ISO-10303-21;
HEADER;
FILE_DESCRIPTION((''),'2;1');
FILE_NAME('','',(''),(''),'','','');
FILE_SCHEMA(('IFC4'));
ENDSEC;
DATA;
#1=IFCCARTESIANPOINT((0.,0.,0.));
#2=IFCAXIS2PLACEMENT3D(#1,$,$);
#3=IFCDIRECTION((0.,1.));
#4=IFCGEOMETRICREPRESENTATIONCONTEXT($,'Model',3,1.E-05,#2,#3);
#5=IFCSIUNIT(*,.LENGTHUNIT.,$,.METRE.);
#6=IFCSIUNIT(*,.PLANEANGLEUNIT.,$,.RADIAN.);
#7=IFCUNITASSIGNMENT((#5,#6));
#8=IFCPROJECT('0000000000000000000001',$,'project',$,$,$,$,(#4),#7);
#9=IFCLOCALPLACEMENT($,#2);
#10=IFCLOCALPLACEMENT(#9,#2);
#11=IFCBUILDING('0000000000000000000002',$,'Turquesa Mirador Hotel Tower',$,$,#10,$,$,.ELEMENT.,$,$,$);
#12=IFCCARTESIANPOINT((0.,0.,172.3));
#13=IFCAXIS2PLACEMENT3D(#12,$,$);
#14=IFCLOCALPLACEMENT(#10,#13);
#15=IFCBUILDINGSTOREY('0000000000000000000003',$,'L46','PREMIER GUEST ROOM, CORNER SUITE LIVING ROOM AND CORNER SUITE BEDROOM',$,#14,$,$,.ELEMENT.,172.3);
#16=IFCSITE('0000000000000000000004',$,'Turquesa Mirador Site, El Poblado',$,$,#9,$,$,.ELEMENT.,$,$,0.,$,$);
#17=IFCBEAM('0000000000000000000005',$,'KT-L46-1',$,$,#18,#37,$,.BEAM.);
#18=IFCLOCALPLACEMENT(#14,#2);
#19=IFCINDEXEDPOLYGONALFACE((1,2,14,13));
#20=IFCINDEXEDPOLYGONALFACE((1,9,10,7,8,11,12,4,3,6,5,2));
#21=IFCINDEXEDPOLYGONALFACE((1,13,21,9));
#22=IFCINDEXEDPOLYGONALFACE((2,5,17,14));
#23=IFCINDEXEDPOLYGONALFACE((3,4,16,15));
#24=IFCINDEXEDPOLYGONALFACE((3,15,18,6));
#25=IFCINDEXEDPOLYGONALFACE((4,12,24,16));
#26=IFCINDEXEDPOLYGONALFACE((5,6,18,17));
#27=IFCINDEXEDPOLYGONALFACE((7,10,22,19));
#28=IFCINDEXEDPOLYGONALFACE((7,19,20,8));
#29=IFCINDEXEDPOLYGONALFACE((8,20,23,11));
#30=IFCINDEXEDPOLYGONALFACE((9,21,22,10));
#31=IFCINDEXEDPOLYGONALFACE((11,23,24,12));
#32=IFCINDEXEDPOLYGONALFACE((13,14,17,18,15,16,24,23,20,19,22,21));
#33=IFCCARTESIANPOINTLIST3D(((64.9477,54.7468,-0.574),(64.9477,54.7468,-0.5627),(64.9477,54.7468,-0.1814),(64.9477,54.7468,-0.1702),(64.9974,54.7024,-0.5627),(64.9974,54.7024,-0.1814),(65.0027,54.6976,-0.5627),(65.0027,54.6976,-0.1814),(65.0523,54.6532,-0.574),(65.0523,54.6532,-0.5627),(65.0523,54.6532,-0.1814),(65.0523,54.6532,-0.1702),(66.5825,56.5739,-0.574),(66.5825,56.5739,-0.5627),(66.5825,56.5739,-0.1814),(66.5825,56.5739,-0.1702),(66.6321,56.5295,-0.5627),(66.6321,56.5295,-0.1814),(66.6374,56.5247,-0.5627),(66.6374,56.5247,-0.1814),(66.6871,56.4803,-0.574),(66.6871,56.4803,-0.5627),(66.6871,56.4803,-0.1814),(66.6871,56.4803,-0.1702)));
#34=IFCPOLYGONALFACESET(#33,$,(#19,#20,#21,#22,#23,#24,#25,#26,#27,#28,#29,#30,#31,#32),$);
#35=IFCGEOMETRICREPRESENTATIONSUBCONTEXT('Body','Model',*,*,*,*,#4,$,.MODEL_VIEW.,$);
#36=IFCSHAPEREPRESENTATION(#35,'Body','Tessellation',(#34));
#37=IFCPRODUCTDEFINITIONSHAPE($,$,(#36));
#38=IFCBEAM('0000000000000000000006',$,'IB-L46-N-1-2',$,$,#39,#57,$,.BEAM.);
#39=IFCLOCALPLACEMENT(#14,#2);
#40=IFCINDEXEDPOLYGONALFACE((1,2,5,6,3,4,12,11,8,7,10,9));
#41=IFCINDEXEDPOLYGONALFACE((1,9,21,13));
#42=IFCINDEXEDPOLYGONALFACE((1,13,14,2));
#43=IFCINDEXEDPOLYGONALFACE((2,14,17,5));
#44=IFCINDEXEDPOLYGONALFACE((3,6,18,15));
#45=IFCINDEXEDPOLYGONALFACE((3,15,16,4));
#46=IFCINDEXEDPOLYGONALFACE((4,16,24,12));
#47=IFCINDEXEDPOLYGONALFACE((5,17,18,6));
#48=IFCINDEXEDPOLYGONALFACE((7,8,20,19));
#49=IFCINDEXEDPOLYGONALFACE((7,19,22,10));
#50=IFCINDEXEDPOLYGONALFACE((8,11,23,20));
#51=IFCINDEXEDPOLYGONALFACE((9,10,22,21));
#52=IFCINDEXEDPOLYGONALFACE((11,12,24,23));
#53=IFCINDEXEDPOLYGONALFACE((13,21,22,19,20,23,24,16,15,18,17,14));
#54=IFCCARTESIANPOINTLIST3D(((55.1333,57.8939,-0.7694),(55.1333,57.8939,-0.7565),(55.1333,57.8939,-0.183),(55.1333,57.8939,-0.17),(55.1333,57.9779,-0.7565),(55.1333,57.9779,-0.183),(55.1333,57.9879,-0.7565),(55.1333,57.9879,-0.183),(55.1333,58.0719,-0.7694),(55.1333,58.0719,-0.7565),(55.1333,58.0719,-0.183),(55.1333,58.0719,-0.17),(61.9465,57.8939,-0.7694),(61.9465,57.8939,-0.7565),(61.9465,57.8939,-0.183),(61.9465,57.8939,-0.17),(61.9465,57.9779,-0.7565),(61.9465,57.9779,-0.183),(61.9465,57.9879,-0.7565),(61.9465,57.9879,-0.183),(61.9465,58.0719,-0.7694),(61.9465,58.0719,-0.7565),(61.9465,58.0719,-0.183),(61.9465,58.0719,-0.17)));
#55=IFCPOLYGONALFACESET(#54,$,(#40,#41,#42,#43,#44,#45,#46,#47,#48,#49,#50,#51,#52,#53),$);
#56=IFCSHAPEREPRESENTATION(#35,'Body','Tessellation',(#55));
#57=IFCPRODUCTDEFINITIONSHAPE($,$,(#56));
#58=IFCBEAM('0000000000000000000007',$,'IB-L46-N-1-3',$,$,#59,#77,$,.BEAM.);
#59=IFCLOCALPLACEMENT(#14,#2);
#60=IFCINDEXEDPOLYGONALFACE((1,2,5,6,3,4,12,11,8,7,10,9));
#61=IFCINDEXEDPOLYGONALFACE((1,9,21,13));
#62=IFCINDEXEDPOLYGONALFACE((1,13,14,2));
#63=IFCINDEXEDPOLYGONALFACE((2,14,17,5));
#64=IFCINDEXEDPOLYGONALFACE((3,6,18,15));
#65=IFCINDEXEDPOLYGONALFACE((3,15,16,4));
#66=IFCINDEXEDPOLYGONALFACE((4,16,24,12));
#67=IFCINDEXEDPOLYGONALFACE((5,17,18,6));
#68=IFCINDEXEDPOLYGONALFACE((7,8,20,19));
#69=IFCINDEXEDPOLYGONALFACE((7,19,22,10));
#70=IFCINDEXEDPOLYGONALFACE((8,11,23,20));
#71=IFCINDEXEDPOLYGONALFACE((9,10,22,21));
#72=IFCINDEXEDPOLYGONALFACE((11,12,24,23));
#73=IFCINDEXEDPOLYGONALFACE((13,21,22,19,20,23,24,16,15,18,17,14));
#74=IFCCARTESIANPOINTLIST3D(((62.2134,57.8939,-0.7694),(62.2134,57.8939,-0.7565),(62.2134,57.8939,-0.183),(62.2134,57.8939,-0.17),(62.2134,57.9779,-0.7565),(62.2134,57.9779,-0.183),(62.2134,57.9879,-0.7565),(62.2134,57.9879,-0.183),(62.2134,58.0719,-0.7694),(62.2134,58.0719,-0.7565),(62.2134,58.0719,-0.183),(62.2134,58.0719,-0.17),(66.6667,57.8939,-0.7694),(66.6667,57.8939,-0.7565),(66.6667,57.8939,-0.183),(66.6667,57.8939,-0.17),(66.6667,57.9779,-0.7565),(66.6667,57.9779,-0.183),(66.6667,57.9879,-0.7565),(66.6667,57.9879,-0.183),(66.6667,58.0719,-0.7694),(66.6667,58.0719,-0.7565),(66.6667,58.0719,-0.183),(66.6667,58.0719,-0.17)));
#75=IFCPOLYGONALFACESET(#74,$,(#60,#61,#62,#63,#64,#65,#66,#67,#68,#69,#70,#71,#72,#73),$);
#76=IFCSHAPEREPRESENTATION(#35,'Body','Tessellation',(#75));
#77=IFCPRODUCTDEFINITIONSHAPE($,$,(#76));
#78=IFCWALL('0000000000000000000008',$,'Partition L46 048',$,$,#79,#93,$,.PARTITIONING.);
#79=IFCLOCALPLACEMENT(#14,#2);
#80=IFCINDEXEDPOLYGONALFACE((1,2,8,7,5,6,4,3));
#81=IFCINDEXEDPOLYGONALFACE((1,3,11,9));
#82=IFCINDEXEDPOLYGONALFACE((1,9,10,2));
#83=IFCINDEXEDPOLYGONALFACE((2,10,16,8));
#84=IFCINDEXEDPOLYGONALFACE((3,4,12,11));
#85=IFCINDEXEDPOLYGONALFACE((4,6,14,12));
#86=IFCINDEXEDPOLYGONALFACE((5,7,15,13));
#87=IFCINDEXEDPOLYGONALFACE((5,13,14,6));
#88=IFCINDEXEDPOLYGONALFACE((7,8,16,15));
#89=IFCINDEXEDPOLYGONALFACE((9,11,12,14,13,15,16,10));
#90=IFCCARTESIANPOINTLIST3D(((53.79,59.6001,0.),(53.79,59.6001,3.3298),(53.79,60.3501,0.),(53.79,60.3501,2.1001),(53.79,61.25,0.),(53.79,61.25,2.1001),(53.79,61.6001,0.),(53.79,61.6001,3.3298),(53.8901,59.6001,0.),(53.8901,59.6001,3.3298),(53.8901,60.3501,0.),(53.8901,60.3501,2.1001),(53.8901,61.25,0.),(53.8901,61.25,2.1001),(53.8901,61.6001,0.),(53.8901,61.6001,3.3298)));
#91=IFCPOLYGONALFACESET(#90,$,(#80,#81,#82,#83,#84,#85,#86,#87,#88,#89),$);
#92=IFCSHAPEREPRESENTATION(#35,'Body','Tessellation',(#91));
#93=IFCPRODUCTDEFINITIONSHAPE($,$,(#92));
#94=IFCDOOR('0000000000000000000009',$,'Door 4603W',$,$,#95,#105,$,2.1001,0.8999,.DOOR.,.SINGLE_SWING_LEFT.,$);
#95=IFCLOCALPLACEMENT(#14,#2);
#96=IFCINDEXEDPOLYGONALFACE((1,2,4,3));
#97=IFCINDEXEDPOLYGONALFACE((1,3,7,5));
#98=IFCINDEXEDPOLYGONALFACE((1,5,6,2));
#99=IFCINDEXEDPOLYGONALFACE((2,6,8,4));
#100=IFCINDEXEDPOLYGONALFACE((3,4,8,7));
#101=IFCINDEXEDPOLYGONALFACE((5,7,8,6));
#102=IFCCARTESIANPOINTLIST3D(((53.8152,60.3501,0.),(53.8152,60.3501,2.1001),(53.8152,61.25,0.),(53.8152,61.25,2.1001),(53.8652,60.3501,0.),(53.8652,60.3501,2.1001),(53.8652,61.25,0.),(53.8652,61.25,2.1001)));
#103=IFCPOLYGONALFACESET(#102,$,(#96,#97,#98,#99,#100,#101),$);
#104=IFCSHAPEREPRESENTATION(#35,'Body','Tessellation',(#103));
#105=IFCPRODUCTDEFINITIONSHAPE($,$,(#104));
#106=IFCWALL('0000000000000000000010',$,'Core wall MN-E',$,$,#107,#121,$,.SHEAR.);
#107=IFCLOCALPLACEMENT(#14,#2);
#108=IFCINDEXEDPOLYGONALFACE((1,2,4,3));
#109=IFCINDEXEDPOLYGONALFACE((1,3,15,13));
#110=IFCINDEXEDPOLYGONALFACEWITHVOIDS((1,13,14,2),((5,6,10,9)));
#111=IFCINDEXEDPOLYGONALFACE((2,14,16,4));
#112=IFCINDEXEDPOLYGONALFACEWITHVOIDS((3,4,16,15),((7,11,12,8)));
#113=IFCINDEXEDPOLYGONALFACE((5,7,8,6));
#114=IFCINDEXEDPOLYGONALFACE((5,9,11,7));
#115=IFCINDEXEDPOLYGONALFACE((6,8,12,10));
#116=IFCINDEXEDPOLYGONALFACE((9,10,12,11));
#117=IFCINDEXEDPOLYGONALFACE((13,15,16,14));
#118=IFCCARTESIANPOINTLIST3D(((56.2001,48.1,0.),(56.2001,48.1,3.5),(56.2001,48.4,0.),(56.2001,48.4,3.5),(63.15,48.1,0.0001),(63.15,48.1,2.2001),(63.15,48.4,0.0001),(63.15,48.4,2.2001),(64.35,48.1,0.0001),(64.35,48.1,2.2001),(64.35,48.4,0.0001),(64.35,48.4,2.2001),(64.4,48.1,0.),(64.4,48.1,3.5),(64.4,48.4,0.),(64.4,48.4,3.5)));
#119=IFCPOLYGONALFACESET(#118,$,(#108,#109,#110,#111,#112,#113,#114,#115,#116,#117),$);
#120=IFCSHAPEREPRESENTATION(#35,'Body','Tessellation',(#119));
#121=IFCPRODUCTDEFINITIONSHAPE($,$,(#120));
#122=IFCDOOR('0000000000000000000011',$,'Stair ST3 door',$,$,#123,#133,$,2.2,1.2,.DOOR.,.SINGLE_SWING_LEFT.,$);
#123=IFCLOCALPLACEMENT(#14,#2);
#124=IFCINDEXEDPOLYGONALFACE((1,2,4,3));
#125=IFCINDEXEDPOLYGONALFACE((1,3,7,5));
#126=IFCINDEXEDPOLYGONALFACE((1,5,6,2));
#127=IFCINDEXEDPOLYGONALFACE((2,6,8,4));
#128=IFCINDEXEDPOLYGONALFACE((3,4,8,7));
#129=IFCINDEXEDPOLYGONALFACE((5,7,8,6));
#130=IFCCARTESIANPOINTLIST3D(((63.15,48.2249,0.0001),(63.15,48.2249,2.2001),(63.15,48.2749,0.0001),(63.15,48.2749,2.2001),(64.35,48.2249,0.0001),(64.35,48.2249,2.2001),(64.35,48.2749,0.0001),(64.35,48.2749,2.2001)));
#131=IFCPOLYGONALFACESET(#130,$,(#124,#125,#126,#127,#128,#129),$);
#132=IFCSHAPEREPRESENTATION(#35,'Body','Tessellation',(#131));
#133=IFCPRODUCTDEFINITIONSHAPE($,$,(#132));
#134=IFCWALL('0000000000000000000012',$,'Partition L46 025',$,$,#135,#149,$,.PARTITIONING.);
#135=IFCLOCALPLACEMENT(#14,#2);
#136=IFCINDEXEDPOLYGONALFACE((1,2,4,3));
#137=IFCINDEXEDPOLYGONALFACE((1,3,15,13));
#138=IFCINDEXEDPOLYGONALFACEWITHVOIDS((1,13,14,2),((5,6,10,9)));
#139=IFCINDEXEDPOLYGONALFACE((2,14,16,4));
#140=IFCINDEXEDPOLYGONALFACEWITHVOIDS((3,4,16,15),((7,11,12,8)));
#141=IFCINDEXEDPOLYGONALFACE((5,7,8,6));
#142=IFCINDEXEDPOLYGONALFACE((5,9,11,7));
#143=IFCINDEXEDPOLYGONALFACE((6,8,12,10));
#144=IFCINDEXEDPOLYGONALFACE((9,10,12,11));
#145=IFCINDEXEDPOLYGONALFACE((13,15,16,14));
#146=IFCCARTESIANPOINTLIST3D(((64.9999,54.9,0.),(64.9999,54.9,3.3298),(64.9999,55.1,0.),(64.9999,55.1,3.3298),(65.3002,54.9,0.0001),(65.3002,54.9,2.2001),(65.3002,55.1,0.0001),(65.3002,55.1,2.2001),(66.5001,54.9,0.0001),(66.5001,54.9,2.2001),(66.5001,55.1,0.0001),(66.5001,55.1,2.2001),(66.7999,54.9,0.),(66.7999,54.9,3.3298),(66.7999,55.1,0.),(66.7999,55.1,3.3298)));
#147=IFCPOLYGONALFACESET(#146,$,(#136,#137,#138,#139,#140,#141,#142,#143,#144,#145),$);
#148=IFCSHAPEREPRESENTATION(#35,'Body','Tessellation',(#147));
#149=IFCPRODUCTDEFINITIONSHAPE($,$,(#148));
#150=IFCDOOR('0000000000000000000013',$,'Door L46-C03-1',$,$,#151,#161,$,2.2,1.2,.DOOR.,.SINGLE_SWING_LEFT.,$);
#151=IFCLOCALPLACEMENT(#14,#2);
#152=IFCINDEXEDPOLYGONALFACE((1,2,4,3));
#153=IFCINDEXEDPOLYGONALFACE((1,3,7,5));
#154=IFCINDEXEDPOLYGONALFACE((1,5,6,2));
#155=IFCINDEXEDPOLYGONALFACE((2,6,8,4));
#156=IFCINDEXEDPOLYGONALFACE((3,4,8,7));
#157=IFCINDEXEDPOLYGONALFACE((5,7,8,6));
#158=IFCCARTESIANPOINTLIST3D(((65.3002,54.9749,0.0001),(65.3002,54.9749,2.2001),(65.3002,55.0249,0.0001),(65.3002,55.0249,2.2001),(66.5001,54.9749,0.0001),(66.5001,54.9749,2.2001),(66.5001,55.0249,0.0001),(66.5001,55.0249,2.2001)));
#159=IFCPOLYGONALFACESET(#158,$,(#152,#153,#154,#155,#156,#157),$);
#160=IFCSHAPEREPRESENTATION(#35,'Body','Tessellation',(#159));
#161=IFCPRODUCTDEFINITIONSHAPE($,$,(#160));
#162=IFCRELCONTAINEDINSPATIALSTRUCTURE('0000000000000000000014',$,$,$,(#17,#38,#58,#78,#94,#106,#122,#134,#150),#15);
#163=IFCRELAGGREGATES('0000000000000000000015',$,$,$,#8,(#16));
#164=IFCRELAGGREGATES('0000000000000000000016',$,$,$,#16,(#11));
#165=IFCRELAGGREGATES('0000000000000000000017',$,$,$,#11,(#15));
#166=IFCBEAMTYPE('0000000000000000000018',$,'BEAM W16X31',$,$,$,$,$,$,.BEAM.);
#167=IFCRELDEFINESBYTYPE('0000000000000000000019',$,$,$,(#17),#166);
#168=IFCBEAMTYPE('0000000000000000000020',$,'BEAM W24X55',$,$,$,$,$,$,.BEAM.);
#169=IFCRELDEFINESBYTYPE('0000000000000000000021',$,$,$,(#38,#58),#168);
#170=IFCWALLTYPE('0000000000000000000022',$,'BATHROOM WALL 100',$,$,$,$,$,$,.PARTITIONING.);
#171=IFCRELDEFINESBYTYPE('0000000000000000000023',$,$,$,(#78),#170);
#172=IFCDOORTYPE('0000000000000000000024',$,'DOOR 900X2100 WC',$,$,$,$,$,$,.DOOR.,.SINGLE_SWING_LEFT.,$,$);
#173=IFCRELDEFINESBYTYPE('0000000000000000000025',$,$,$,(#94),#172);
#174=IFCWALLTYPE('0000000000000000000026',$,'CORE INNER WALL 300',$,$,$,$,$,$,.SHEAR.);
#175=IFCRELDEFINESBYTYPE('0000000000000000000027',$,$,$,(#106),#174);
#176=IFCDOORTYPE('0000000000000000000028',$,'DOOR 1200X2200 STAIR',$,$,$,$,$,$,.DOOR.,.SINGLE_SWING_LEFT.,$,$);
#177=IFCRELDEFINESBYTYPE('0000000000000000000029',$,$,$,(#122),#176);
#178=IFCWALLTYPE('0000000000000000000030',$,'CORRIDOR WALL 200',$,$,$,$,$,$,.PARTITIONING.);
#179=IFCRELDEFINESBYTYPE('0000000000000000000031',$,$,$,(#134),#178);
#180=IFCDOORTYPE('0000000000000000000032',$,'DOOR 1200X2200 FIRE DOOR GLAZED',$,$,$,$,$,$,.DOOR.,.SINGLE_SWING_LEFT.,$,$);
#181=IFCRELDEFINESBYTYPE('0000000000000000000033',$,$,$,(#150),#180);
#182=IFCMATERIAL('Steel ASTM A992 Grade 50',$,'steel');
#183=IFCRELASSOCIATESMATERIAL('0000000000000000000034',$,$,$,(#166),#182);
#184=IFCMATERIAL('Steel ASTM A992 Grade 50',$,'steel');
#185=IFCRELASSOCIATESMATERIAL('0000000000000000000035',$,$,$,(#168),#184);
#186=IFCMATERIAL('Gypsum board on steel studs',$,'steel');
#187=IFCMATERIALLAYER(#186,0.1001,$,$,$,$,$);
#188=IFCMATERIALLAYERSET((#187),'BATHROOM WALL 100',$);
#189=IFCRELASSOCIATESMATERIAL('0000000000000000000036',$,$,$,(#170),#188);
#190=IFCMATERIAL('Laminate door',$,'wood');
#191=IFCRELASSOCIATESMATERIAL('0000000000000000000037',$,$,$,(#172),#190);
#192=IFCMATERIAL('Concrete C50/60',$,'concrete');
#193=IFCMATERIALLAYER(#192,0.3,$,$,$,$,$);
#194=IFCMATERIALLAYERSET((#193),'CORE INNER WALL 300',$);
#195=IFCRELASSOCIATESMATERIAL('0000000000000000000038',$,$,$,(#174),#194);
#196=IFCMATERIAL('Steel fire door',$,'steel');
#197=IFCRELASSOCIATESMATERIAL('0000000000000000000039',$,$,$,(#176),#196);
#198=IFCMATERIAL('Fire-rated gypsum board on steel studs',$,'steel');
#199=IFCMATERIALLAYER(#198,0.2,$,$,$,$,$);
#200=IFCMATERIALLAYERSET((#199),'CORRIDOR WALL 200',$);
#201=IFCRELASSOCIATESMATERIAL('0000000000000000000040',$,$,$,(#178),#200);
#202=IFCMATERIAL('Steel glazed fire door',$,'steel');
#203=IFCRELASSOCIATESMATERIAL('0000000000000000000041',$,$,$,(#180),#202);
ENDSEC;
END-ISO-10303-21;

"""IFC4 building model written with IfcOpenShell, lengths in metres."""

from ifc_helpers import new_model, si_unit, direction, frame, frame_2d, origin, origin_2d, place, context, subcontext, project, spatial, rectangle, i_section, extrude, material, layer, layer_set, material_profile, profile_set, type_object, element, fill, save


model = new_model("IFC4")

# Units and contexts
model_context = context("Model", 3, precision=1e-05, world=origin(), true_north=direction((0.0, 1.0)))
body_context = subcontext(model_context, "Body", "Model", "MODEL_VIEW")
ifc_project = project(units=[si_unit("LENGTHUNIT", "METRE"), si_unit("PLANEANGLEUNIT", "RADIAN")], contexts=[model_context])

# Site, building, storey
site_placement = place(None, origin())
site = spatial("IfcSite", under=ifc_project, at=site_placement, Name="Turquesa Mirador Site, El Poblado", CompositionType="ELEMENT", RefElevation=0.0)
building_placement = place(site_placement, origin())
building = spatial("IfcBuilding", under=site, at=building_placement, Name="Turquesa Mirador Hotel Tower", CompositionType="ELEMENT")
storey_placement = place(building_placement, frame((0.0, 0.0, 172.3)))
storey = spatial("IfcBuildingStorey", under=building, at=storey_placement, Name="L46", Description="PREMIER GUEST ROOM, CORNER SUITE LIVING ROOM AND CORNER SUITE BEDROOM", CompositionType="ELEMENT", Elevation=172.3)

# Beams
ifc_material_1 = material(Name="Steel ASTM A992 Grade 50", Category="steel")
ifc_material_profile_1 = material_profile(ifc_material_1, i_section(OverallWidth=0.1404, OverallDepth=0.4038, WebThickness=0.0071, FlangeThickness=0.0112, at=origin_2d()), Name="W16X31")
ifc_profile_set_1 = profile_set([ifc_material_profile_1], Name="Steel ASTM A992 Grade 50")
beam_type_1 = type_object("IfcBeamType", Name="BEAM W16X31", PredefinedType="BEAM", material=ifc_profile_set_1)
beam_1_placement = place(storey_placement, frame((66.6348, 56.5271, -0.3721), z_axis=(-0.666783, -0.745252, 0.0), x_axis=(0.745252, -0.666783, 0.0)))
element("IfcBeam", 1, at=beam_1_placement, inside=storey, type_object=beam_type_1, Name="KT-L46-1", PredefinedType="BEAM", context=body_context, shape_type="SweptSolid", body=[
    extrude(i_section(OverallWidth=0.1404, OverallDepth=0.4038, WebThickness=0.0071, FlangeThickness=0.0112, at=origin_2d()), origin(), (0.0, 0.0, 1.0), 2.4517),
])
ifc_material_2 = material(Name="Steel ASTM A992 Grade 50", Category="steel")
ifc_material_profile_2 = material_profile(ifc_material_2, i_section(OverallWidth=0.178, OverallDepth=0.5994, WebThickness=0.01, FlangeThickness=0.0129, at=origin_2d()), Name="W24X55")
ifc_profile_set_2 = profile_set([ifc_material_profile_2], Name="Steel ASTM A992 Grade 50")
beam_type_2 = type_object("IfcBeamType", Name="BEAM W24X55", PredefinedType="BEAM", material=ifc_profile_set_2)
beam_2_placement = place(storey_placement, frame((55.1333, 57.9829, -0.4697), z_axis=(1.0, 0.0, 0.0), x_axis=(0.0, 1.0, 0.0)))
element("IfcBeam", 2, at=beam_2_placement, inside=storey, type_object=beam_type_2, Name="IB-L46-N-1-2", PredefinedType="BEAM", context=body_context, shape_type="SweptSolid", body=[
    extrude(i_section(OverallWidth=0.178, OverallDepth=0.5994, WebThickness=0.01, FlangeThickness=0.0129, at=origin_2d()), origin(), (0.0, 0.0, 1.0), 6.8132),
])
beam_3_placement = place(storey_placement, frame((62.2134, 57.9829, -0.4697), z_axis=(1.0, 0.0, 0.0), x_axis=(0.0, 1.0, 0.0)))
element("IfcBeam", 3, at=beam_3_placement, inside=storey, type_object=beam_type_2, Name="IB-L46-N-1-3", PredefinedType="BEAM", context=body_context, shape_type="SweptSolid", body=[
    extrude(i_section(OverallWidth=0.178, OverallDepth=0.5994, WebThickness=0.01, FlangeThickness=0.0129, at=origin_2d()), origin(), (0.0, 0.0, 1.0), 4.4534),
])

# Walls, openings, doors
ifc_material_3 = material(Name="Gypsum board on steel studs", Category="steel")
ifc_layer_1 = layer(ifc_material_3, 0.1001)
ifc_layer_set_1 = layer_set([ifc_layer_1], Name="BATHROOM WALL 100")
wall_type_1 = type_object("IfcWallType", Name="BATHROOM WALL 100", PredefinedType="PARTITIONING", material=ifc_layer_set_1)
wall_1_placement = place(storey_placement, frame((53.8401, 59.6001, 0.0), z_axis=(0.0, 0.0, 1.0), x_axis=(0.0, 1.0, 0.0)))
wall_1 = element("IfcWall", 4, at=wall_1_placement, inside=storey, type_object=wall_type_1, Name="Partition L46 048", PredefinedType="PARTITIONING", context=body_context, shape_type="SweptSolid", body=[
    extrude(rectangle(XDim=2.0, YDim=0.1001, at=frame_2d((1.0, 0.0))), origin(), (0.0, 0.0, 1.0), 3.3298),
])
opening_1_placement = place(wall_1_placement, frame((0.75, 0.0, 0.0)))
opening_1 = element("IfcOpeningElement", 5, at=opening_1_placement, cuts=wall_1, PredefinedType="OPENING", context=body_context, shape_type="SweptSolid", body=[
    extrude(rectangle(XDim=0.8999, YDim=2.1001, at=frame_2d((0.45, 1.05))), frame((0.0, 0.0601, 0.0), z_axis=(0.0, -1.0, 0.0), x_axis=(1.0, 0.0, 0.0)), (0.0, 0.0, 1.0), 0.1201),
])
ifc_material_4 = material(Name="Laminate door", Category="wood")
door_type_1 = type_object("IfcDoorType", Name="DOOR 900X2100 WC", OperationType="SINGLE_SWING_LEFT", PredefinedType="DOOR", material=ifc_material_4)
door_1_placement = place(opening_1_placement, origin())
door_1 = element("IfcDoor", 6, at=door_1_placement, inside=storey, type_object=door_type_1, Name="Door 4603W", OperationType="SINGLE_SWING_LEFT", OverallHeight=2.1001, OverallWidth=0.8999, PredefinedType="DOOR", context=body_context, shape_type="SweptSolid", body=[
    extrude(rectangle(XDim=0.8999, YDim=2.1001, at=frame_2d((0.45, 1.05))), frame((0.0, 0.0249, 0.0), z_axis=(0.0, -1.0, 0.0), x_axis=(1.0, 0.0, 0.0)), (0.0, 0.0, 1.0), 0.05),
])
fill(opening_1, door_1)
ifc_material_5 = material(Name="Concrete C50/60", Category="concrete")
ifc_layer_2 = layer(ifc_material_5, 0.3)
ifc_layer_set_2 = layer_set([ifc_layer_2], Name="CORE INNER WALL 300")
wall_type_2 = type_object("IfcWallType", Name="CORE INNER WALL 300", PredefinedType="SHEAR", material=ifc_layer_set_2)
wall_2_placement = place(storey_placement, frame((56.2, 48.25, 0.0), z_axis=(0.0, 0.0, 1.0), x_axis=(1.0, 0.0, 0.0)))
wall_2 = element("IfcWall", 7, at=wall_2_placement, inside=storey, type_object=wall_type_2, Name="Core wall MN-E", PredefinedType="SHEAR", context=body_context, shape_type="SweptSolid", body=[
    extrude(rectangle(XDim=8.2, YDim=0.3, at=frame_2d((4.1001, 0.0))), origin(), (0.0, 0.0, 1.0), 3.5),
])
opening_2_placement = place(wall_2_placement, frame((6.95, 0.0, 0.0)))
opening_2 = element("IfcOpeningElement", 8, at=opening_2_placement, cuts=wall_2, PredefinedType="OPENING", context=body_context, shape_type="SweptSolid", body=[
    extrude(rectangle(XDim=1.2, YDim=2.2, at=frame_2d((0.6001, 1.1001))), frame((0.0, 0.1599, 0.0), z_axis=(0.0, -1.0, 0.0), x_axis=(1.0, 0.0, 0.0)), (0.0, 0.0, 1.0), 0.3201),
])
ifc_material_6 = material(Name="Steel fire door", Category="steel")
door_type_2 = type_object("IfcDoorType", Name="DOOR 1200X2200 STAIR", OperationType="SINGLE_SWING_LEFT", PredefinedType="DOOR", material=ifc_material_6)
door_2_placement = place(opening_2_placement, origin())
door_2 = element("IfcDoor", 9, at=door_2_placement, inside=storey, type_object=door_type_2, Name="Stair ST3 door", OperationType="SINGLE_SWING_LEFT", OverallHeight=2.2, OverallWidth=1.2, PredefinedType="DOOR", context=body_context, shape_type="SweptSolid", body=[
    extrude(rectangle(XDim=1.2, YDim=2.2, at=frame_2d((0.6001, 1.1001))), frame((0.0, 0.0249, 0.0), z_axis=(0.0, -1.0, 0.0), x_axis=(1.0, 0.0, 0.0)), (0.0, 0.0, 1.0), 0.05),
])
fill(opening_2, door_2)
ifc_material_7 = material(Name="Fire-rated gypsum board on steel studs", Category="steel")
ifc_layer_3 = layer(ifc_material_7, 0.2)
ifc_layer_set_3 = layer_set([ifc_layer_3], Name="CORRIDOR WALL 200")
wall_type_3 = type_object("IfcWallType", Name="CORRIDOR WALL 200", PredefinedType="PARTITIONING", material=ifc_layer_set_3)
wall_3_placement = place(storey_placement, frame((65.0, 55.0, 0.0), z_axis=(0.0, 0.0, 1.0), x_axis=(1.0, 0.0, 0.0)))
wall_3 = element("IfcWall", 10, at=wall_3_placement, inside=storey, type_object=wall_type_3, Name="Partition L46 025", PredefinedType="PARTITIONING", context=body_context, shape_type="SweptSolid", body=[
    extrude(rectangle(XDim=1.8, YDim=0.2, at=frame_2d((0.8999, 0.0))), origin(), (0.0, 0.0, 1.0), 3.3298),
])
opening_3_placement = place(wall_3_placement, frame((0.3, 0.0, 0.0)))
opening_3 = element("IfcOpeningElement", 11, at=opening_3_placement, cuts=wall_3, PredefinedType="OPENING", context=body_context, shape_type="SweptSolid", body=[
    extrude(rectangle(XDim=1.2, YDim=2.2, at=frame_2d((0.6001, 1.1001))), frame((0.0, 0.1099, 0.0), z_axis=(0.0, -1.0, 0.0), x_axis=(1.0, 0.0, 0.0)), (0.0, 0.0, 1.0), 0.22),
])
ifc_material_8 = material(Name="Steel glazed fire door", Category="steel")
door_type_3 = type_object("IfcDoorType", Name="DOOR 1200X2200 FIRE DOOR GLAZED", OperationType="SINGLE_SWING_LEFT", PredefinedType="DOOR", material=ifc_material_8)
door_3_placement = place(opening_3_placement, origin())
door_3 = element("IfcDoor", 12, at=door_3_placement, inside=storey, type_object=door_type_3, Name="Door L46-C03-1", OperationType="SINGLE_SWING_LEFT", OverallHeight=2.2, OverallWidth=1.2, PredefinedType="DOOR", context=body_context, shape_type="SweptSolid", body=[
    extrude(rectangle(XDim=1.2, YDim=2.2, at=frame_2d((0.6001, 1.1001))), frame((0.0, 0.0249, 0.0), z_axis=(0.0, -1.0, 0.0), x_axis=(1.0, 0.0, 0.0)), (0.0, 0.0, 1.0), 0.05),
])
fill(opening_3, door_3)

save(model, "model.ifc")
